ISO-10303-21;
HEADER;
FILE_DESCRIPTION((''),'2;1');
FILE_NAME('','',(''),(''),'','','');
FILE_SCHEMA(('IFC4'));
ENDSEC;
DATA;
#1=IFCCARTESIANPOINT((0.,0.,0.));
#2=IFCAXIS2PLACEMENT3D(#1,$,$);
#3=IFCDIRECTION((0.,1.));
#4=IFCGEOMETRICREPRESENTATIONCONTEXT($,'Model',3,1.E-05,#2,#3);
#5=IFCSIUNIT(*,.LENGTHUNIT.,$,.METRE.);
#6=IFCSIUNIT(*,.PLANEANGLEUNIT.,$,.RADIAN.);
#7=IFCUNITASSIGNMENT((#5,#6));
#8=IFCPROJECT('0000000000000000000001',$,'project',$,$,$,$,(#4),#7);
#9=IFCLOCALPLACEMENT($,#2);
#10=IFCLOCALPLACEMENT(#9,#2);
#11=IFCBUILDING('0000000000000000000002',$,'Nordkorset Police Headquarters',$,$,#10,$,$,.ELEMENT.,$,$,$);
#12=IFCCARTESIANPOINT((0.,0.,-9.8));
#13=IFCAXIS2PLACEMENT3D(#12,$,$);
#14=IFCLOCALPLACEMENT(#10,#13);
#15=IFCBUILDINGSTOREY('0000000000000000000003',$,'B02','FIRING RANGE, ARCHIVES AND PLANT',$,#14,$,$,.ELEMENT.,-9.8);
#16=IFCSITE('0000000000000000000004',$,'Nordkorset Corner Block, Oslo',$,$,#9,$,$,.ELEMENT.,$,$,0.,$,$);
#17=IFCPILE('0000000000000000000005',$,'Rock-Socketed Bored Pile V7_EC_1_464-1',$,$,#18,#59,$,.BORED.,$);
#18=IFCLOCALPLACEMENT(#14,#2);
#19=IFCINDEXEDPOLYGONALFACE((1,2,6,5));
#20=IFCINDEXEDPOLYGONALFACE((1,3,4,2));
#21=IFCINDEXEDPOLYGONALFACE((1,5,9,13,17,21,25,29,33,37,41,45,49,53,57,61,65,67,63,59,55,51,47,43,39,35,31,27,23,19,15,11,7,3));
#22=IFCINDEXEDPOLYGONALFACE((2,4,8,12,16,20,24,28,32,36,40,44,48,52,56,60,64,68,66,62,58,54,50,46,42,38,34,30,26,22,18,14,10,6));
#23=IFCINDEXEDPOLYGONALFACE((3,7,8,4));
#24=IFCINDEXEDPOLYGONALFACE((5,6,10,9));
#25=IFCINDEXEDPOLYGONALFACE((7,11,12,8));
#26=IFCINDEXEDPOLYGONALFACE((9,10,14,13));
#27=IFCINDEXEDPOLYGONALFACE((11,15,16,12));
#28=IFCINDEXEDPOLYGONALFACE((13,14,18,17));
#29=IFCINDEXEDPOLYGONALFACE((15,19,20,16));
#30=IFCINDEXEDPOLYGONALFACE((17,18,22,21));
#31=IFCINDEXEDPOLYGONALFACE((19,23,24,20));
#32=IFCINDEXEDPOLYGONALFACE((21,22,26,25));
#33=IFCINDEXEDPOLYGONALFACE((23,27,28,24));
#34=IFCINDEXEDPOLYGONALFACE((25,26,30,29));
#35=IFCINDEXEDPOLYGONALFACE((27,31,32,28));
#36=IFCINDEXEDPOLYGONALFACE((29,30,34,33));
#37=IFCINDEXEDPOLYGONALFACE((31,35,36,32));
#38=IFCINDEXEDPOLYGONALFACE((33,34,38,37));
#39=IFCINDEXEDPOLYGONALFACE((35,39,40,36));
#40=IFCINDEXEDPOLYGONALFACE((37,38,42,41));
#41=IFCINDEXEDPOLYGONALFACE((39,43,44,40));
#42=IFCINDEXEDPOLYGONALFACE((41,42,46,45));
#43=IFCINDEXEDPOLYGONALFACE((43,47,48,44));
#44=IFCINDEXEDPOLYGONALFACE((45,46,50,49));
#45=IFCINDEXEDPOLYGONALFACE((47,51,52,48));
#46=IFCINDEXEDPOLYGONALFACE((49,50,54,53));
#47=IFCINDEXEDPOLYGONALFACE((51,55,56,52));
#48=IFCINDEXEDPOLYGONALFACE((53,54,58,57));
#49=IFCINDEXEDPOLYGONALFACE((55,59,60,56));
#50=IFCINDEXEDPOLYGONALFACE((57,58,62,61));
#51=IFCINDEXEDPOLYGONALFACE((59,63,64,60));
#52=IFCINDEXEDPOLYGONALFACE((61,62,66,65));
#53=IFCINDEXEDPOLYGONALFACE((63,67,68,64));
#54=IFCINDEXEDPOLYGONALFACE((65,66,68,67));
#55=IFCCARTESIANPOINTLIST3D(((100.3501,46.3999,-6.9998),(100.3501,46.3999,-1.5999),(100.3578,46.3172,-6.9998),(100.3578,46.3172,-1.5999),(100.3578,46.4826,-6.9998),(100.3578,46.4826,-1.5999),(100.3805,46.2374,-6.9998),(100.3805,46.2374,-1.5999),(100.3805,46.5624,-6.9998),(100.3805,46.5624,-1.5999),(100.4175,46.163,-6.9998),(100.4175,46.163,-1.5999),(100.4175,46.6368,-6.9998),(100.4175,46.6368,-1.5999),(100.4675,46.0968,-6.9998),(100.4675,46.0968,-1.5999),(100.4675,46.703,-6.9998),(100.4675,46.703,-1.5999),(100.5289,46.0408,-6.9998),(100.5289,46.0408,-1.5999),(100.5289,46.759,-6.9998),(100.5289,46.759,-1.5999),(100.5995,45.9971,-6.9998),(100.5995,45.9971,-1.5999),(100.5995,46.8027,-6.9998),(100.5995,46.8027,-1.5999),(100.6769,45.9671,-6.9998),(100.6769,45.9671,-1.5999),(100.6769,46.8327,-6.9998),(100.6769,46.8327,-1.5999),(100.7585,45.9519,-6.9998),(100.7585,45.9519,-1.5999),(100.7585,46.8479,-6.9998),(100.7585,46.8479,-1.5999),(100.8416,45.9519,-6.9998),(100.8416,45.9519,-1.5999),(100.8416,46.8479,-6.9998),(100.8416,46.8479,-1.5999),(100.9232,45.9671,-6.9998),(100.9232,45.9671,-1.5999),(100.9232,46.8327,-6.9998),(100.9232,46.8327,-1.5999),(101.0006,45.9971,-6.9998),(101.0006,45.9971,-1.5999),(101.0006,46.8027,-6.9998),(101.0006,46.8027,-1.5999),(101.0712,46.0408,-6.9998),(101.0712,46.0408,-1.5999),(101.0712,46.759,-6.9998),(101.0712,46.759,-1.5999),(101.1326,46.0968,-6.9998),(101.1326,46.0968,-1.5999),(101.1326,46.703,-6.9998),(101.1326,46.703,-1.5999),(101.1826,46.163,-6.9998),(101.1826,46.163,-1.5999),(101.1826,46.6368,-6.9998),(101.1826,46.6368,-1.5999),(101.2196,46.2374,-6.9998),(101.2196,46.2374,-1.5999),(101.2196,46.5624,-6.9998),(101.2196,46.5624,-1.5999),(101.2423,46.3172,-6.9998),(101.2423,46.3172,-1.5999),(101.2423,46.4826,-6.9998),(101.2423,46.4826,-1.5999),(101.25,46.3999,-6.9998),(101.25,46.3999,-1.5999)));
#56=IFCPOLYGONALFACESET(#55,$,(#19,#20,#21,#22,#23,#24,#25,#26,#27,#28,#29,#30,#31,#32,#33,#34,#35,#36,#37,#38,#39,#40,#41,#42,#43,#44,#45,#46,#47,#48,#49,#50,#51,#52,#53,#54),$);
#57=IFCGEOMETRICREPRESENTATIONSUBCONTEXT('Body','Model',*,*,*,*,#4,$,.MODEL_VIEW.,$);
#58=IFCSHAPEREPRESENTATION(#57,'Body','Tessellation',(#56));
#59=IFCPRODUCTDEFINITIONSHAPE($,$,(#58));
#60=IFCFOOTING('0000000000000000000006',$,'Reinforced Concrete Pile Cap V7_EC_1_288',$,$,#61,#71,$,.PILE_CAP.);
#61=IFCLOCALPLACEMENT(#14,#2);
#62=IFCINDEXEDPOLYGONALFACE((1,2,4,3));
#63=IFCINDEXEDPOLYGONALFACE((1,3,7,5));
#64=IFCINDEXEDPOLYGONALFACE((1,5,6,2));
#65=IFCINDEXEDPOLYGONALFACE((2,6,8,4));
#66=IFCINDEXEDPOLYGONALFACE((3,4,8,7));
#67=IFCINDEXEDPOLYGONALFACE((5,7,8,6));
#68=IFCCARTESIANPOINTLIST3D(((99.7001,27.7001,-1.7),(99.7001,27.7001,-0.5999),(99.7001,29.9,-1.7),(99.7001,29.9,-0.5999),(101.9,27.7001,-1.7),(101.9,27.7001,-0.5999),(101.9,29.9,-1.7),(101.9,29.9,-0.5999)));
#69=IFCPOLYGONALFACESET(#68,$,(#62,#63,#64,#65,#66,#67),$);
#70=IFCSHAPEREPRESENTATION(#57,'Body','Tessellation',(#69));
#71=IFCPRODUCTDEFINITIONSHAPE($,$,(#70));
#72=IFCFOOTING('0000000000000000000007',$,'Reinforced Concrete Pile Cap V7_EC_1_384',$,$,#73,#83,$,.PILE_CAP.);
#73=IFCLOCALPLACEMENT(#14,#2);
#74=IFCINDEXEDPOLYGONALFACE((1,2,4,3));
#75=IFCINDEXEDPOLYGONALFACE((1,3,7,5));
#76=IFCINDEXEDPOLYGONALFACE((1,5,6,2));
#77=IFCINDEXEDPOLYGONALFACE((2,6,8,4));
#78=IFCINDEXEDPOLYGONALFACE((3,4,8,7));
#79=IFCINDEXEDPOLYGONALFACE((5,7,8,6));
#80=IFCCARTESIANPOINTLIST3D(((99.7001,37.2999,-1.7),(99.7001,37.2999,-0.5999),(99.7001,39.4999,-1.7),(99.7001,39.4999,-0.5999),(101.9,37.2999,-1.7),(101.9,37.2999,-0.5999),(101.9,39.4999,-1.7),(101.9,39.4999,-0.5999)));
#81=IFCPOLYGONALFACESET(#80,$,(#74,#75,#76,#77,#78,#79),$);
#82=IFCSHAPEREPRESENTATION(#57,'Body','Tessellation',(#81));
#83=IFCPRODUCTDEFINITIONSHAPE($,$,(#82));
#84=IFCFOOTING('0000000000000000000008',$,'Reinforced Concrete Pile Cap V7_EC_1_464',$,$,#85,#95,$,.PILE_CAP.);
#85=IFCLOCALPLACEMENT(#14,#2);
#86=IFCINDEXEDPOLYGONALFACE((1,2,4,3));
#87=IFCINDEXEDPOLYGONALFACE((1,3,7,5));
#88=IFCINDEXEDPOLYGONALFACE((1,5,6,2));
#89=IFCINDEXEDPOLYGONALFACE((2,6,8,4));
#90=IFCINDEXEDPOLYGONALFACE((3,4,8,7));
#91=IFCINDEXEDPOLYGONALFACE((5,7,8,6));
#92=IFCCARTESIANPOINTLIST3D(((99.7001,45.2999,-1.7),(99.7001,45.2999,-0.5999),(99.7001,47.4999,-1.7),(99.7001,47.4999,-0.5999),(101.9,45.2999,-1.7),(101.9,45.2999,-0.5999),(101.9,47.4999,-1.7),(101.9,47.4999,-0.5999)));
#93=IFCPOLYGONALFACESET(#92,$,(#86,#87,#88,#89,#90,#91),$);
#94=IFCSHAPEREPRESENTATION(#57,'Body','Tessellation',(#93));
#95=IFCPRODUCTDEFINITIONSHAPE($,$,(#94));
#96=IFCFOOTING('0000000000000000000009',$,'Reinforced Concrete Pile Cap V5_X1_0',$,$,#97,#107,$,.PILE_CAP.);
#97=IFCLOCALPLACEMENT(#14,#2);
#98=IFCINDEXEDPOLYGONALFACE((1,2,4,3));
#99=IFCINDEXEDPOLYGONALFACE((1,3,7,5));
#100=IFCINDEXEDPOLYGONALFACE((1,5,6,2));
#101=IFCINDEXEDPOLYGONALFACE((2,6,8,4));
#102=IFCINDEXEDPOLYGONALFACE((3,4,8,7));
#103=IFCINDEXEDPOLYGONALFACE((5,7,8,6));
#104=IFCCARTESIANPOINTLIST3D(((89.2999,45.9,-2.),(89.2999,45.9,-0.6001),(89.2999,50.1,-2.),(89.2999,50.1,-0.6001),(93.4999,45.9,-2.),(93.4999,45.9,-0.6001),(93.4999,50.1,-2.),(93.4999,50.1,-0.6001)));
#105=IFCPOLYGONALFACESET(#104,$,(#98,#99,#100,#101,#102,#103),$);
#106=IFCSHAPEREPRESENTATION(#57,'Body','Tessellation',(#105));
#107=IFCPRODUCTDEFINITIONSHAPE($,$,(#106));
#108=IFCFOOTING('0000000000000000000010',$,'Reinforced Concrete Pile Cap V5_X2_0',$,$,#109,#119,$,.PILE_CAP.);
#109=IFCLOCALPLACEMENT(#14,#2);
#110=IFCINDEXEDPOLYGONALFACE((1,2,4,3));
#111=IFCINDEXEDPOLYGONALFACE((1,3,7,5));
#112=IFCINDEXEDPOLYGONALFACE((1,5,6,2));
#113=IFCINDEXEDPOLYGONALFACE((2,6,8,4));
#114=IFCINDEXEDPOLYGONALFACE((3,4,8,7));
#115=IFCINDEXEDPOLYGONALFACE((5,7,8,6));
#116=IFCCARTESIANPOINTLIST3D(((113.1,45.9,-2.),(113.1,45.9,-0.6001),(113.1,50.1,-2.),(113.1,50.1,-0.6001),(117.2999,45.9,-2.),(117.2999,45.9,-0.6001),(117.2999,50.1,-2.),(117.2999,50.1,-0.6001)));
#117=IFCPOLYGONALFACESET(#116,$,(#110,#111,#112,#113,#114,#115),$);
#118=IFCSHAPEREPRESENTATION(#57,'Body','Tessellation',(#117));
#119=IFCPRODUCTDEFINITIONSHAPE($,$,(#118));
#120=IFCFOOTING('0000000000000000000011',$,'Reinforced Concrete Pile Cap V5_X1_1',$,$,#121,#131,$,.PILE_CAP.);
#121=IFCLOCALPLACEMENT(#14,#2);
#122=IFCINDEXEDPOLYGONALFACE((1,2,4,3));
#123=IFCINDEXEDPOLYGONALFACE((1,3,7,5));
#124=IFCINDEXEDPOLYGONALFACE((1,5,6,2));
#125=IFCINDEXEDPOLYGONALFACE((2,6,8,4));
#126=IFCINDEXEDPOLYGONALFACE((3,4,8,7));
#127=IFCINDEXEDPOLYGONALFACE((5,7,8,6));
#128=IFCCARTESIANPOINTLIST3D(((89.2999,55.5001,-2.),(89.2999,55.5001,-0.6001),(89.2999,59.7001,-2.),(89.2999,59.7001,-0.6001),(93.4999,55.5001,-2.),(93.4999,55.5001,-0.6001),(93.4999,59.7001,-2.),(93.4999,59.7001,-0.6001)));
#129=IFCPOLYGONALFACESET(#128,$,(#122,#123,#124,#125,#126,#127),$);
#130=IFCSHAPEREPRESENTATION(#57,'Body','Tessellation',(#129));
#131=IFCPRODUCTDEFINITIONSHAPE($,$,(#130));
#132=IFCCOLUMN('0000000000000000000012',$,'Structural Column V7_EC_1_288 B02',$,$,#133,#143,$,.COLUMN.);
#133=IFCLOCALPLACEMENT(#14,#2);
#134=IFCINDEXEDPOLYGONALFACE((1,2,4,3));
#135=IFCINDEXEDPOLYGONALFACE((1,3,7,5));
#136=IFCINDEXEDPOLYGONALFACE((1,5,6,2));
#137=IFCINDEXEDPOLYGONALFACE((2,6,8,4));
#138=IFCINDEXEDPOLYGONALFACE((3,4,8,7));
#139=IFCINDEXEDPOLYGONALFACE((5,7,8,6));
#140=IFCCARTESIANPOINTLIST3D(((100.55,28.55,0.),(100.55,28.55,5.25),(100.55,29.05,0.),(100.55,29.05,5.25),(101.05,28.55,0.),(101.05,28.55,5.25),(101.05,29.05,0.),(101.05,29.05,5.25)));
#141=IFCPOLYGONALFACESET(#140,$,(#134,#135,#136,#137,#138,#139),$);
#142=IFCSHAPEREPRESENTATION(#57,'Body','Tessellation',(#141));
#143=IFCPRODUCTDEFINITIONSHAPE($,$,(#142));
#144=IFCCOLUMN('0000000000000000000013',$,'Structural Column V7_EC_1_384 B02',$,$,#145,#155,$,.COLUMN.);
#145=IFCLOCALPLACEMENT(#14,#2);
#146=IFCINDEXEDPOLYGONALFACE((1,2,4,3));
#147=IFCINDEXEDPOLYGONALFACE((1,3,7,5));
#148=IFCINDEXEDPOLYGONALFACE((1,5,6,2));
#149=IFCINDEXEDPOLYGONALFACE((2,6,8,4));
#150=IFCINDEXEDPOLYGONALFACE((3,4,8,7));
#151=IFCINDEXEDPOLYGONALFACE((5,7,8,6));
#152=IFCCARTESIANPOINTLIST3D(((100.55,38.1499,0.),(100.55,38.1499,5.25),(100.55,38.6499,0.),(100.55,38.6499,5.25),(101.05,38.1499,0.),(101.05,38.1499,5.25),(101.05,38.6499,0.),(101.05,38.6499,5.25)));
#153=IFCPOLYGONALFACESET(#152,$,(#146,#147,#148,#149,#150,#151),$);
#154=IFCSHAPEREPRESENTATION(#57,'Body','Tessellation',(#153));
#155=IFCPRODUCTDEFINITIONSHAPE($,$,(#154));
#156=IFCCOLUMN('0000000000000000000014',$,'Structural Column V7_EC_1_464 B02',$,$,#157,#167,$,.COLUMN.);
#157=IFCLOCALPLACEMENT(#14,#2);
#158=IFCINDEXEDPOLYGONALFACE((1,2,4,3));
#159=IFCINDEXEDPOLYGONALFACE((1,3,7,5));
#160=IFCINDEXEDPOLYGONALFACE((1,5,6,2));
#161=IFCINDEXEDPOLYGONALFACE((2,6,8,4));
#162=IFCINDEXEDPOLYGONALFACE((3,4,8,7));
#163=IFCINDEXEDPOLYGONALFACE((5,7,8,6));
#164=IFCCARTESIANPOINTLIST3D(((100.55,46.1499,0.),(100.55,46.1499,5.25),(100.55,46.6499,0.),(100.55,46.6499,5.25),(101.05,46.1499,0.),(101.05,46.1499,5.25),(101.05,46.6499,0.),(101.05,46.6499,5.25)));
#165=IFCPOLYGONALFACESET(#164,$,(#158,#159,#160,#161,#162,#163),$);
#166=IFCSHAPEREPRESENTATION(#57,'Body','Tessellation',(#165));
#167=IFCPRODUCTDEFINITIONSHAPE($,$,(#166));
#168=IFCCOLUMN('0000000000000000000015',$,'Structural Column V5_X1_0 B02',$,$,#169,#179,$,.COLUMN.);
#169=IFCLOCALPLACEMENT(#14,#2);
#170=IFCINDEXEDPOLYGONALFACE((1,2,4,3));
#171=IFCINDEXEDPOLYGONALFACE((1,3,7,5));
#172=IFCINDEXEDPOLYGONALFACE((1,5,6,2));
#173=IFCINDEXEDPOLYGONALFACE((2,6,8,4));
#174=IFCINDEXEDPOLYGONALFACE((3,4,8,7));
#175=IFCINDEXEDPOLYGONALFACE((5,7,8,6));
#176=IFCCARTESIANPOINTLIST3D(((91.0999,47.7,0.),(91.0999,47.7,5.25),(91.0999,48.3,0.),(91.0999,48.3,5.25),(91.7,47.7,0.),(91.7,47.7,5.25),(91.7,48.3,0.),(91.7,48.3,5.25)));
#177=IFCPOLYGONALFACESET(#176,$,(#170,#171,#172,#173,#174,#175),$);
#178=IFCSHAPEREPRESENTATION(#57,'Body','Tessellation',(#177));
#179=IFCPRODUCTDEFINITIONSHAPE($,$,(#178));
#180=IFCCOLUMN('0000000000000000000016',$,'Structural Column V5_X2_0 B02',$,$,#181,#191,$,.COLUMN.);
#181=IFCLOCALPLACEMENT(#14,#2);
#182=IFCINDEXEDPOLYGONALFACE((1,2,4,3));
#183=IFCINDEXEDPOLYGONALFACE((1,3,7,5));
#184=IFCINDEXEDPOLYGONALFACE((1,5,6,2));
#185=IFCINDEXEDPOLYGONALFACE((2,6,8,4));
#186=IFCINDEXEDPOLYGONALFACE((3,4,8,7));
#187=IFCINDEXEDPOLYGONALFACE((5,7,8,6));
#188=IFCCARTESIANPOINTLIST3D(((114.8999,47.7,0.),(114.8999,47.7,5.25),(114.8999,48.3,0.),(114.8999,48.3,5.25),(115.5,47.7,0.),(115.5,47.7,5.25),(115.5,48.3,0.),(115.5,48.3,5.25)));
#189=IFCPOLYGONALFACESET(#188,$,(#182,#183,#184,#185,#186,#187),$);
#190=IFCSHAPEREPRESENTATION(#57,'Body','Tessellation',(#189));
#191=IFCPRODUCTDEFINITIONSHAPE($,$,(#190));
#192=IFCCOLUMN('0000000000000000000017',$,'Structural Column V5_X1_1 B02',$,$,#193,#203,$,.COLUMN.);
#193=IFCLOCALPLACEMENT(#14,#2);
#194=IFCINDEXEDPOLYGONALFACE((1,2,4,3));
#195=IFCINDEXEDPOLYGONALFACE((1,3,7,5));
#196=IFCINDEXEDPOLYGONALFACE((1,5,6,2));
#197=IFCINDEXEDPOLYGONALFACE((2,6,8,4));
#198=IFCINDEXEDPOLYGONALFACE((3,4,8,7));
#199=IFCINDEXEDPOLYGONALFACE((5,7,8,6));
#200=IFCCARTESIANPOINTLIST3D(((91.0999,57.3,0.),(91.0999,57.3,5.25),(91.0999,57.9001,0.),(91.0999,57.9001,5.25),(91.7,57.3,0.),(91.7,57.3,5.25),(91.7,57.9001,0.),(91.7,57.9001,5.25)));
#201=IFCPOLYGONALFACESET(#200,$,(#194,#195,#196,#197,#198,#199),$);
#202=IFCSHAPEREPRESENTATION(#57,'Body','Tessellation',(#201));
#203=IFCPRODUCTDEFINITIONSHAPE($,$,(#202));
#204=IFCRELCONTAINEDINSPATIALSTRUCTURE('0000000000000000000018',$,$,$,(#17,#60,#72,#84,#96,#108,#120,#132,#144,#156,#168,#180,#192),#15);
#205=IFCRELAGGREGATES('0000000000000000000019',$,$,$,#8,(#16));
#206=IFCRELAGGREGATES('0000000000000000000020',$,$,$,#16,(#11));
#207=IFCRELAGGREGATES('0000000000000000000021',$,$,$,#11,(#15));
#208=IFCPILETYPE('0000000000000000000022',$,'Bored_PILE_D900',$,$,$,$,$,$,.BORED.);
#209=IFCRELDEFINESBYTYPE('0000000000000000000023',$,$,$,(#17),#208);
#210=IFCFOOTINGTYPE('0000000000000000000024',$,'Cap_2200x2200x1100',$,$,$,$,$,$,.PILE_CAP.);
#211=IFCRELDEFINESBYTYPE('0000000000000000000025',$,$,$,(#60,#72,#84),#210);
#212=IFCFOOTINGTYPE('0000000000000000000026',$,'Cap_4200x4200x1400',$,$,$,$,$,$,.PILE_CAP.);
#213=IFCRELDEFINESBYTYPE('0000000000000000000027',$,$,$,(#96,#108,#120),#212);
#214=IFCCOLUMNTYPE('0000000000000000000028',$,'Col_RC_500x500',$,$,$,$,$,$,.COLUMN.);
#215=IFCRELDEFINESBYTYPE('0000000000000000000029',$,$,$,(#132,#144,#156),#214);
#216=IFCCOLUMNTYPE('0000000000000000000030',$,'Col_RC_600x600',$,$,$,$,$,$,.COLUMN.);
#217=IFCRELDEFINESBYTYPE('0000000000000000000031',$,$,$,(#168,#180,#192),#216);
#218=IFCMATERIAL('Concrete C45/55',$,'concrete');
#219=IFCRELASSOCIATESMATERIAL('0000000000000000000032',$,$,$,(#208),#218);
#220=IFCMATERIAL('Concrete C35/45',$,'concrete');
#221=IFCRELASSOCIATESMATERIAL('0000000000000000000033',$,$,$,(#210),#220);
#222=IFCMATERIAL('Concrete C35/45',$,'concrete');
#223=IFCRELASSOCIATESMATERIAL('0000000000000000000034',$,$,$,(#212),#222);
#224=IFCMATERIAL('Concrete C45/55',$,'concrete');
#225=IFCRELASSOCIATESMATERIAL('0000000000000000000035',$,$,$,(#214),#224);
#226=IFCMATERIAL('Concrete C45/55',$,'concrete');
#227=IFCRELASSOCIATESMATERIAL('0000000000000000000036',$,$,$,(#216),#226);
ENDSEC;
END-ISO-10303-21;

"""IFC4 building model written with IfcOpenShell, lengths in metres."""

from ifc_helpers import new_model, si_unit, direction, frame, origin, origin_2d, place, context, subcontext, project, spatial, rectangle, circle, extrude, material, material_profile, profile_set, type_object, element, save


model = new_model("IFC4")

# Units and contexts
model_context = context("Model", 3, precision=1e-05, world=origin(), true_north=direction((0.0, 1.0)))
body_context = subcontext(model_context, "Body", "Model", "MODEL_VIEW")
ifc_project = project(units=[si_unit("LENGTHUNIT", "METRE"), si_unit("PLANEANGLEUNIT", "RADIAN")], contexts=[model_context])

# Site, building, storey
site_placement = place(None, origin())
site = spatial("IfcSite", under=ifc_project, at=site_placement, Name="Nordkorset Corner Block, Oslo", CompositionType="ELEMENT", RefElevation=0.0)
building_placement = place(site_placement, origin())
building = spatial("IfcBuilding", under=site, at=building_placement, Name="Nordkorset Police Headquarters", CompositionType="ELEMENT")
storey_placement = place(building_placement, frame((0.0, 0.0, -9.8)))
storey = spatial("IfcBuildingStorey", under=building, at=storey_placement, Name="B02", Description="FIRING RANGE, ARCHIVES AND PLANT", CompositionType="ELEMENT", Elevation=-9.8)

# Pile
ifc_material_1 = material(Name="Concrete C45/55", Category="concrete")
ifc_material_profile_1 = material_profile(ifc_material_1, circle(Radius=0.45, at=origin_2d()), Name="PILE D900")
ifc_profile_set_1 = profile_set([ifc_material_profile_1], Name="Concrete C45/55")
pile_type = type_object("IfcPileType", Name="Bored_PILE_D900", PredefinedType="BORED", material=ifc_profile_set_1)
for number, where, z_axis, x_axis, name in (
    (1, (100.8, 46.3999, -1.5999), (0.0, 0.0, -1.0), (1.0, 0.0, 0.0), "Rock-Socketed Bored Pile V7_EC_1_464-1"),
):
    element("IfcPile", number, at=place(storey_placement, frame(where, z_axis=z_axis, x_axis=x_axis)), inside=storey, type_object=pile_type, Name=name, PredefinedType="BORED", context=body_context, shape_type="SweptSolid", body=[
        extrude(circle(Radius=0.45, at=origin_2d()), origin(), (0.0, 0.0, 1.0), 5.3999),
    ])

# Footings
ifc_material_2 = material(Name="Concrete C35/45", Category="concrete")
footing_type_1 = type_object("IfcFootingType", Name="Cap_2200x2200x1100", PredefinedType="PILE_CAP", material=ifc_material_2)
for number, where, z_axis, x_axis, name in (
    (2, (100.8, 28.8, -1.7), (0.0, 0.0, 1.0), (1.0, 0.0, 0.0), "Reinforced Concrete Pile Cap V7_EC_1_288"),
    (3, (100.8, 38.3999, -1.7), (0.0, 0.0, 1.0), (1.0, 0.0, 0.0), "Reinforced Concrete Pile Cap V7_EC_1_384"),
    (4, (100.8, 46.3999, -1.7), (0.0, 0.0, 1.0), (1.0, 0.0, 0.0), "Reinforced Concrete Pile Cap V7_EC_1_464"),
):
    element("IfcFooting", number, at=place(storey_placement, frame(where, z_axis=z_axis, x_axis=x_axis)), inside=storey, type_object=footing_type_1, Name=name, PredefinedType="PILE_CAP", context=body_context, shape_type="SweptSolid", body=[
        extrude(rectangle(XDim=2.2, YDim=2.2, at=origin_2d()), origin(), (0.0, 0.0, 1.0), 1.1001),
    ])
ifc_material_3 = material(Name="Concrete C35/45", Category="concrete")
footing_type_2 = type_object("IfcFootingType", Name="Cap_4200x4200x1400", PredefinedType="PILE_CAP", material=ifc_material_3)
for number, where, z_axis, x_axis, name in (
    (5, (91.3999, 48.0, -2.0), (0.0, 0.0, 1.0), (1.0, 0.0, 0.0), "Reinforced Concrete Pile Cap V5_X1_0"),
    (6, (115.2, 48.0, -2.0), (0.0, 0.0, 1.0), (1.0, 0.0, 0.0), "Reinforced Concrete Pile Cap V5_X2_0"),
    (7, (91.3999, 57.6001, -2.0), (0.0, 0.0, 1.0), (1.0, 0.0, 0.0), "Reinforced Concrete Pile Cap V5_X1_1"),
):
    element("IfcFooting", number, at=place(storey_placement, frame(where, z_axis=z_axis, x_axis=x_axis)), inside=storey, type_object=footing_type_2, Name=name, PredefinedType="PILE_CAP", context=body_context, shape_type="SweptSolid", body=[
        extrude(rectangle(XDim=4.2, YDim=4.2, at=origin_2d()), origin(), (0.0, 0.0, 1.0), 1.3999),
    ])

# Columns
ifc_material_4 = material(Name="Concrete C45/55", Category="concrete")
ifc_material_profile_2 = material_profile(ifc_material_4, rectangle(XDim=0.5, YDim=0.5, at=origin_2d()), Name="RC 500x500")
ifc_profile_set_2 = profile_set([ifc_material_profile_2], Name="Concrete C45/55")
column_type_1 = type_object("IfcColumnType", Name="Col_RC_500x500", PredefinedType="COLUMN", material=ifc_profile_set_2)
for number, where, z_axis, x_axis, name in (
    (8, (100.8, 28.8, 0.0), (0.0, 0.0, 1.0), (1.0, 0.0, 0.0), "Structural Column V7_EC_1_288 B02"),
    (9, (100.8, 38.3999, 0.0), (0.0, 0.0, 1.0), (1.0, 0.0, 0.0), "Structural Column V7_EC_1_384 B02"),
    (10, (100.8, 46.3999, 0.0), (0.0, 0.0, 1.0), (1.0, 0.0, 0.0), "Structural Column V7_EC_1_464 B02"),
):
    element("IfcColumn", number, at=place(storey_placement, frame(where, z_axis=z_axis, x_axis=x_axis)), inside=storey, type_object=column_type_1, Name=name, PredefinedType="COLUMN", context=body_context, shape_type="SweptSolid", body=[
        extrude(rectangle(XDim=0.5, YDim=0.5, at=origin_2d()), origin(), (0.0, 0.0, 1.0), 5.25),
    ])
ifc_material_5 = material(Name="Concrete C45/55", Category="concrete")
ifc_material_profile_3 = material_profile(ifc_material_5, rectangle(XDim=0.6001, YDim=0.6001, at=origin_2d()), Name="RC 600x600")
ifc_profile_set_3 = profile_set([ifc_material_profile_3], Name="Concrete C45/55")
column_type_2 = type_object("IfcColumnType", Name="Col_RC_600x600", PredefinedType="COLUMN", material=ifc_profile_set_3)
for number, where, z_axis, x_axis, name in (
    (11, (91.3999, 48.0, 0.0), (0.0, 0.0, 1.0), (1.0, 0.0, 0.0), "Structural Column V5_X1_0 B02"),
    (12, (115.2, 48.0, 0.0), (0.0, 0.0, 1.0), (1.0, 0.0, 0.0), "Structural Column V5_X2_0 B02"),
    (13, (91.3999, 57.6001, 0.0), (0.0, 0.0, 1.0), (1.0, 0.0, 0.0), "Structural Column V5_X1_1 B02"),
):
    element("IfcColumn", number, at=place(storey_placement, frame(where, z_axis=z_axis, x_axis=x_axis)), inside=storey, type_object=column_type_2, Name=name, PredefinedType="COLUMN", context=body_context, shape_type="SweptSolid", body=[
        extrude(rectangle(XDim=0.6001, YDim=0.6001, at=origin_2d()), origin(), (0.0, 0.0, 1.0), 5.25),
    ])

save(model, "model.ifc")
